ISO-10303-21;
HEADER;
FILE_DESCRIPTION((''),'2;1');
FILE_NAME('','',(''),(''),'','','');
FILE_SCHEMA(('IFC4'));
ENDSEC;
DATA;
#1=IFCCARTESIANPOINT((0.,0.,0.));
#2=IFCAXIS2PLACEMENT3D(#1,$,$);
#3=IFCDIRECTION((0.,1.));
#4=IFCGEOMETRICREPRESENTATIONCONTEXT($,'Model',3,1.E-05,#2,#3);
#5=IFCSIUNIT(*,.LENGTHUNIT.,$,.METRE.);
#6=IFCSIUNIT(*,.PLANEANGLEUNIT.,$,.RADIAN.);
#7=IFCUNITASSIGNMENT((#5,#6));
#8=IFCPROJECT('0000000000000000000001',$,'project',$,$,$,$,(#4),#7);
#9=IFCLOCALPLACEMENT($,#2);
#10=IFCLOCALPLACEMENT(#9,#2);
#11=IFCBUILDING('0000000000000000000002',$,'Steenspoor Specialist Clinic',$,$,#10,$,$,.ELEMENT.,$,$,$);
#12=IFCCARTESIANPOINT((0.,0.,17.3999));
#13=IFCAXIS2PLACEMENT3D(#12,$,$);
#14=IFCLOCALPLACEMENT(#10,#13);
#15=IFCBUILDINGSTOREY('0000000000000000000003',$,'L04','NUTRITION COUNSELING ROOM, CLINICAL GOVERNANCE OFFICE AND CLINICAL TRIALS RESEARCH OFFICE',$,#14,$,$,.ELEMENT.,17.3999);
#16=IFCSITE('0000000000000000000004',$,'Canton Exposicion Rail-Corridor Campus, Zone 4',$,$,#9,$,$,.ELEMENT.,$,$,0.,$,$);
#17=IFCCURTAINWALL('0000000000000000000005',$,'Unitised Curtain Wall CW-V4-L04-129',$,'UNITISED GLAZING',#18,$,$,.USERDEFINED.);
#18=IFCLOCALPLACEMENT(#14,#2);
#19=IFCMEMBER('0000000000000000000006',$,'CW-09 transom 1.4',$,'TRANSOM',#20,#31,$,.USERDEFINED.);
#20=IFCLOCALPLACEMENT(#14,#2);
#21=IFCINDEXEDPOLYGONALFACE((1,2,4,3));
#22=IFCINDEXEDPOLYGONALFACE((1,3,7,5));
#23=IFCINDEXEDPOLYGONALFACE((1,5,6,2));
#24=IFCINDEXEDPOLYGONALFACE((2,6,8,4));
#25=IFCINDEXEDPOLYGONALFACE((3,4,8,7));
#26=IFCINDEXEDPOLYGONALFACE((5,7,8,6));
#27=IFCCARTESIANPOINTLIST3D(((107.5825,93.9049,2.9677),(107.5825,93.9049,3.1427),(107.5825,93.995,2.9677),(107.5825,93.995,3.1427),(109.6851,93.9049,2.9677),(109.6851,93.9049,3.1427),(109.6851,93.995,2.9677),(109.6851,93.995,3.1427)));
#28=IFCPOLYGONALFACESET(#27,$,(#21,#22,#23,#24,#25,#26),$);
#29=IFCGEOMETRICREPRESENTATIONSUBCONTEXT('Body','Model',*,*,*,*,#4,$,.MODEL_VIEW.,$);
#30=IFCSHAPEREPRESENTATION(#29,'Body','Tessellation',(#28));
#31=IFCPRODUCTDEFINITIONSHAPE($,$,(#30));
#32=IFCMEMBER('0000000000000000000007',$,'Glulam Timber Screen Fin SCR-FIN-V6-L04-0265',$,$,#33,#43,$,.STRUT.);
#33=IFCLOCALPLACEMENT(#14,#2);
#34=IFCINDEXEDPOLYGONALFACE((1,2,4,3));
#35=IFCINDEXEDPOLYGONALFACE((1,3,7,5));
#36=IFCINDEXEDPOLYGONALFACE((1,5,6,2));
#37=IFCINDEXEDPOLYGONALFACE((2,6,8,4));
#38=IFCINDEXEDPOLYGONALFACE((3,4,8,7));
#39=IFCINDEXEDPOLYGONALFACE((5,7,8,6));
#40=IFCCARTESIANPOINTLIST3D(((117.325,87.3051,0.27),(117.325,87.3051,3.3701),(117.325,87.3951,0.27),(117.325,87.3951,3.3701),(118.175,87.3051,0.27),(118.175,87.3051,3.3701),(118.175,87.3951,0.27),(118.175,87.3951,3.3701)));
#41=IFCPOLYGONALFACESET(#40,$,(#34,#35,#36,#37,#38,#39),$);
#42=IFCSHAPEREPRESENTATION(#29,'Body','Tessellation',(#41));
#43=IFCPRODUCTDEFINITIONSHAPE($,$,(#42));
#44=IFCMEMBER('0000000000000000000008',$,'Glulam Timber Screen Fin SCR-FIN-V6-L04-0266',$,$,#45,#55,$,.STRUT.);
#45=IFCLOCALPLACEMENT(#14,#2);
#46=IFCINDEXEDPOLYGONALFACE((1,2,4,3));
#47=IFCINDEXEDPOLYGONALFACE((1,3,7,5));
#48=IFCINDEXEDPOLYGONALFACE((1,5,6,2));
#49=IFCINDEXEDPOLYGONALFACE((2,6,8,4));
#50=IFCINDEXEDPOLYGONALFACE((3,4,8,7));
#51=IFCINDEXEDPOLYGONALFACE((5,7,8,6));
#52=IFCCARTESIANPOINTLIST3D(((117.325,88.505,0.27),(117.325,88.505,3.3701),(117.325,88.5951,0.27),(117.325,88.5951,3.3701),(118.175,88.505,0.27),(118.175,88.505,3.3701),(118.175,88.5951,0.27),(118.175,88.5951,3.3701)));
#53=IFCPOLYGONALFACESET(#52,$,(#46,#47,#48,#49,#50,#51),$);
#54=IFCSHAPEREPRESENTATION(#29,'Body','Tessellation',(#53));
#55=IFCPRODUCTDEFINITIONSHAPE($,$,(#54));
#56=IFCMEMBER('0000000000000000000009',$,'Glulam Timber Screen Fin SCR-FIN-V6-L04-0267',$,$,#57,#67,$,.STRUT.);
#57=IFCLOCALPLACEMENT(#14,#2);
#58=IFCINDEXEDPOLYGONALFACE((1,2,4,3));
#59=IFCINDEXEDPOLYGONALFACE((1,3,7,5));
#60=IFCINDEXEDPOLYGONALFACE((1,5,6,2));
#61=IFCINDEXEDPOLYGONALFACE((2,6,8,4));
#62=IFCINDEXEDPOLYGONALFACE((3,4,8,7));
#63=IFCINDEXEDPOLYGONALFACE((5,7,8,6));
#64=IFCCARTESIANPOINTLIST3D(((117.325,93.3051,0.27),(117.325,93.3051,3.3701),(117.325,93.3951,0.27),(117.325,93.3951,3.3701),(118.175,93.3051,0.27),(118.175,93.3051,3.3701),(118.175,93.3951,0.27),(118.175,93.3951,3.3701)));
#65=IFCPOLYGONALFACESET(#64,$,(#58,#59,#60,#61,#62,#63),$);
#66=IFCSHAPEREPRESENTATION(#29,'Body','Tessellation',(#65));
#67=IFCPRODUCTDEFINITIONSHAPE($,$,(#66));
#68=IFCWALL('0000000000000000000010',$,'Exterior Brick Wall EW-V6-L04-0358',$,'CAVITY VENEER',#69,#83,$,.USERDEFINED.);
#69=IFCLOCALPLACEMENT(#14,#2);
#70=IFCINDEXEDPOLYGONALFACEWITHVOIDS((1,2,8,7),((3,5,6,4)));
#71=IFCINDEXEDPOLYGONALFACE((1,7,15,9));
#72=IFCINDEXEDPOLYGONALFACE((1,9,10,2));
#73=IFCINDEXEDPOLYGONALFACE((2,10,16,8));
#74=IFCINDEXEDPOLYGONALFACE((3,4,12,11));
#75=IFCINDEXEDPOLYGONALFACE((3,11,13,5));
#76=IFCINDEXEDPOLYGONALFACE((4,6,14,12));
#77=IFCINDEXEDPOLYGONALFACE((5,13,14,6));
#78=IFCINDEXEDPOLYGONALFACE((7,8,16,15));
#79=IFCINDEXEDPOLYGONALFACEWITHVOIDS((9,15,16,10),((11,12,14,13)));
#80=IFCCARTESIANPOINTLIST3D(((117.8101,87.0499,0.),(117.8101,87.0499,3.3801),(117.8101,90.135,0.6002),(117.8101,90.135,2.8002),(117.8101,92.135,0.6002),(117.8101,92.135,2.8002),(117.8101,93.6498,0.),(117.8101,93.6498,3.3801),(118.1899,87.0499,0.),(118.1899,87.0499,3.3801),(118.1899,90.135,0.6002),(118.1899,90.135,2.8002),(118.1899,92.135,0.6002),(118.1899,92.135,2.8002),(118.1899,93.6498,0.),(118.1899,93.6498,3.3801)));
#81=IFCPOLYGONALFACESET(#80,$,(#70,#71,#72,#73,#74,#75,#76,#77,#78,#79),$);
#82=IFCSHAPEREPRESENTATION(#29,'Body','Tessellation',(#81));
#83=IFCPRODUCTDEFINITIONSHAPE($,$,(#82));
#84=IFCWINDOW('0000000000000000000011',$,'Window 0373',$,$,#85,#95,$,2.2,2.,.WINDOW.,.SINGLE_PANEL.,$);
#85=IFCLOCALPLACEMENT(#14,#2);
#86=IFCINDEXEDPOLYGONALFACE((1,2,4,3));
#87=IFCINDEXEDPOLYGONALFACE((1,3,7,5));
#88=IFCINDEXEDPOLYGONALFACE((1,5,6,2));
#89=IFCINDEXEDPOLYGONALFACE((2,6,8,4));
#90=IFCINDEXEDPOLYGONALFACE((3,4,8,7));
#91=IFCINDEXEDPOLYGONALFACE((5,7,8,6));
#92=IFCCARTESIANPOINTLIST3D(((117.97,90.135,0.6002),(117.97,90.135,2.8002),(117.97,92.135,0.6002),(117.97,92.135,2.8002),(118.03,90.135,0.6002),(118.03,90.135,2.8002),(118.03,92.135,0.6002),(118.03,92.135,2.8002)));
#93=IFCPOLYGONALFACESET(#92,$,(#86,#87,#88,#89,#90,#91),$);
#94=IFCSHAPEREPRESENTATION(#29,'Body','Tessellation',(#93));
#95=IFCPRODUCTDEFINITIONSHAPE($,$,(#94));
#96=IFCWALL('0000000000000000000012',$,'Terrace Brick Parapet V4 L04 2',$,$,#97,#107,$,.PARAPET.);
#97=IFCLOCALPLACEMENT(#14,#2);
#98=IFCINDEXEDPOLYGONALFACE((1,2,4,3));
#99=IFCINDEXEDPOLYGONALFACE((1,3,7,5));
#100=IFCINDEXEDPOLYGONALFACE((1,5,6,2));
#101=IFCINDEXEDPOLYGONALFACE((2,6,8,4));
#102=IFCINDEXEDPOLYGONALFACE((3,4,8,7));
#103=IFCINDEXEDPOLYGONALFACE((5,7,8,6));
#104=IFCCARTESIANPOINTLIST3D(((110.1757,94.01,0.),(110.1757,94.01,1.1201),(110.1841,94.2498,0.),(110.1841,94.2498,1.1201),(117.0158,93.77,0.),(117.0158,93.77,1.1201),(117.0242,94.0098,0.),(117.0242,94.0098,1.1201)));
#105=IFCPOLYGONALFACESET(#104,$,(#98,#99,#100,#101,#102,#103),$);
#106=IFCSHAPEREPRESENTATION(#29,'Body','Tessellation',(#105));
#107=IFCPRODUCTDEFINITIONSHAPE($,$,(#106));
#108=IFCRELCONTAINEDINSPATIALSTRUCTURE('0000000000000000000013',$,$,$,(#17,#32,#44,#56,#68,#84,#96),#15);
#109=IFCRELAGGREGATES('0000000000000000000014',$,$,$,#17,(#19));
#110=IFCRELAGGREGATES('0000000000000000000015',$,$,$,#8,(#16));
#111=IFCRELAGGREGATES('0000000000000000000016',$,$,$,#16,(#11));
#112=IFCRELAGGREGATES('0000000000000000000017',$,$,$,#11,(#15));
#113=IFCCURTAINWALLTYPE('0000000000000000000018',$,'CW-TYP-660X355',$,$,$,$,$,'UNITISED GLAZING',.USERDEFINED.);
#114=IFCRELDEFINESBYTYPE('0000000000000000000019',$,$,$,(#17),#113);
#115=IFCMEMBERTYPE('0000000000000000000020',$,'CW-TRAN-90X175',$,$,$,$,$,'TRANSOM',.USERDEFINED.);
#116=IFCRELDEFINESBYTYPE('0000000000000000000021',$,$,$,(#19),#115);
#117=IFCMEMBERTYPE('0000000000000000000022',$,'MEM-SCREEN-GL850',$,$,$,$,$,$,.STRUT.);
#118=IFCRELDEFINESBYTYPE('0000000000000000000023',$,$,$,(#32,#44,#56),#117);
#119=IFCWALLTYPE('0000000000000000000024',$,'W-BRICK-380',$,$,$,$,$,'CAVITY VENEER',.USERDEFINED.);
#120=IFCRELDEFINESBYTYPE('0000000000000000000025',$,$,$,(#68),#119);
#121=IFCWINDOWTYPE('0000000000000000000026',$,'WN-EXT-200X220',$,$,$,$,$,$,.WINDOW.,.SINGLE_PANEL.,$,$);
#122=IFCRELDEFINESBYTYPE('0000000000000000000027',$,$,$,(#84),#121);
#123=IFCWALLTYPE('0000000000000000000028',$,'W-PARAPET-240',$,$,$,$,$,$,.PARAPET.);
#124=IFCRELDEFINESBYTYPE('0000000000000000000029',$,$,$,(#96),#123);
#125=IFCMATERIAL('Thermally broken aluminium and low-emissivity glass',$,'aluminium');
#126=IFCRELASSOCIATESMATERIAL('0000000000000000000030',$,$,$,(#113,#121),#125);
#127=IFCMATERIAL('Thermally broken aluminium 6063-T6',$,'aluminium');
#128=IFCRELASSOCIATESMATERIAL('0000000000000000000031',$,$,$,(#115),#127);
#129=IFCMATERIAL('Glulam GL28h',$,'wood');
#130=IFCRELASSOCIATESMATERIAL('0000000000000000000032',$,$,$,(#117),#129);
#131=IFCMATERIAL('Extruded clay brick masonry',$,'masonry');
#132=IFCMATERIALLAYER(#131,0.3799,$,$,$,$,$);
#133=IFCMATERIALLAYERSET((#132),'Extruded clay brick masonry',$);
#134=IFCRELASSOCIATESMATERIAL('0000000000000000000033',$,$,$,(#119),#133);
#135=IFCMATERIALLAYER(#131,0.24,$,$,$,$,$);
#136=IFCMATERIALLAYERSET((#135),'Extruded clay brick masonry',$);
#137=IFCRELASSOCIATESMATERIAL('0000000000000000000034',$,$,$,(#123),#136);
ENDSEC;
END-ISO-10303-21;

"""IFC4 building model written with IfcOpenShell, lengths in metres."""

from ifc_helpers import new_model, si_unit, direction, frame, frame_2d, origin, origin_2d, place, context, subcontext, project, spatial, rectangle, extrude, material, layer, layer_set, material_profile, profile_set, type_object, element, fill, aggregate, save


model = new_model("IFC4")

# Units and contexts
model_context = context("Model", 3, precision=1e-05, world=origin(), true_north=direction((0.0, 1.0)))
body_context = subcontext(model_context, "Body", "Model", "MODEL_VIEW")
ifc_project = project(units=[si_unit("LENGTHUNIT", "METRE"), si_unit("PLANEANGLEUNIT", "RADIAN")], contexts=[model_context])

# Site, building, storey
site_placement = place(None, origin())
site = spatial("IfcSite", under=ifc_project, at=site_placement, Name="Canton Exposicion Rail-Corridor Campus, Zone 4", CompositionType="ELEMENT", RefElevation=0.0)
building_placement = place(site_placement, origin())
building = spatial("IfcBuilding", under=site, at=building_placement, Name="Steenspoor Specialist Clinic", CompositionType="ELEMENT")
storey_placement = place(building_placement, frame((0.0, 0.0, 17.3999)))
storey = spatial("IfcBuildingStorey", under=building, at=storey_placement, Name="L04", Description="NUTRITION COUNSELING ROOM, CLINICAL GOVERNANCE OFFICE AND CLINICAL TRIALS RESEARCH OFFICE", CompositionType="ELEMENT", Elevation=17.3999)

# Shared definitions
ifc_material_1 = material(Name="Glulam GL28h", Category="wood")

# Curtain wall
ifc_material_2 = material(Name="Thermally broken aluminium and low-emissivity glass", Category="aluminium")
curtain_wall_type_1 = type_object("IfcCurtainWallType", Name="CW-TYP-660X355", ElementType="UNITISED GLAZING", PredefinedType="USERDEFINED", material=ifc_material_2)
curtain_wall_1_placement = place(storey_placement, origin())
curtain_wall_1 = element("IfcCurtainWall", 1, at=curtain_wall_1_placement, inside=storey, type_object=curtain_wall_type_1, Name="Unitised Curtain Wall CW-V4-L04-129", ObjectType="UNITISED GLAZING", PredefinedType="USERDEFINED")
ifc_material_3 = material(Name="Thermally broken aluminium 6063-T6", Category="aluminium")

# Member
ifc_material_profile_1 = material_profile(ifc_material_3, rectangle(XDim=0.0901, YDim=0.175, at=origin_2d()), Name="CWT-90X175")
ifc_profile_set_1 = profile_set([ifc_material_profile_1], Name="Thermally broken aluminium 6063-T6")
member_type_1 = type_object("IfcMemberType", Name="CW-TRAN-90X175", ElementType="TRANSOM", PredefinedType="USERDEFINED", material=ifc_profile_set_1)
member_1_placement = place(storey_placement, frame((109.6851, 93.95, 3.0552), z_axis=(-1.0, 0.0, 0.0), x_axis=(0.0, -1.0, 0.0)))
member_1 = element("IfcMember", 2, at=member_1_placement, type_object=member_type_1, Name="CW-09 transom 1.4", ObjectType="TRANSOM", PredefinedType="USERDEFINED", context=body_context, shape_type="SweptSolid", body=[
    extrude(rectangle(XDim=0.0901, YDim=0.175, at=origin_2d()), origin(), (0.0, 0.0, 1.0), 2.1025),
])
aggregate(curtain_wall_1, [member_1])

# Members
ifc_material_profile_2 = material_profile(ifc_material_1, rectangle(XDim=0.0901, YDim=0.8501, at=origin_2d()), Name="GL28H-90X850")
ifc_profile_set_2 = profile_set([ifc_material_profile_2], Name="Glulam GL28h")
member_type_2 = type_object("IfcMemberType", Name="MEM-SCREEN-GL850", PredefinedType="STRUT", material=ifc_profile_set_2)
for number, where, z_axis, x_axis, name in (
    (3, (117.75, 87.3501, 0.27), (0.0, 0.0, 1.0), (0.0, 1.0, 0.0), "Glulam Timber Screen Fin SCR-FIN-V6-L04-0265"),
    (4, (117.75, 88.55, 0.27), (0.0, 0.0, 1.0), (0.0, 1.0, 0.0), "Glulam Timber Screen Fin SCR-FIN-V6-L04-0266"),
    (5, (117.75, 93.3501, 0.27), (0.0, 0.0, 1.0), (0.0, 1.0, 0.0), "Glulam Timber Screen Fin SCR-FIN-V6-L04-0267"),
):
    element("IfcMember", number, at=place(storey_placement, frame(where, z_axis=z_axis, x_axis=x_axis)), inside=storey, type_object=member_type_2, Name=name, PredefinedType="STRUT", context=body_context, shape_type="SweptSolid", body=[
        extrude(rectangle(XDim=0.0901, YDim=0.8501, at=origin_2d()), origin(), (0.0, 0.0, 1.0), 3.1001),
    ])

# Wall, opening, window
ifc_material_4 = material(Name="Extruded clay brick masonry", Category="masonry")
ifc_layer_1 = layer(ifc_material_4, 0.3799)
ifc_layer_set_1 = layer_set([ifc_layer_1], Name="Extruded clay brick masonry")
wall_type_1 = type_object("IfcWallType", Name="W-BRICK-380", ElementType="CAVITY VENEER", PredefinedType="USERDEFINED", material=ifc_layer_set_1)
wall_1_placement = place(storey_placement, frame((118.0, 87.05, 0.0), z_axis=(0.0, 0.0, 1.0), x_axis=(0.0, 1.0, 0.0)))
wall_1 = element("IfcWall", 6, at=wall_1_placement, inside=storey, type_object=wall_type_1, Name="Exterior Brick Wall EW-V6-L04-0358", ObjectType="CAVITY VENEER", PredefinedType="USERDEFINED", context=body_context, shape_type="SweptSolid", body=[
    extrude(rectangle(XDim=6.5999, YDim=0.3799, at=frame_2d((3.2998, 0.0))), origin(), (0.0, 0.0, 1.0), 3.3801),
])
opening_placement = place(wall_1_placement, frame((3.085, 0.0, 0.6001)))
opening = element("IfcOpeningElement", 7, at=opening_placement, cuts=wall_1, PredefinedType="OPENING", context=body_context, shape_type="SweptSolid", body=[
    extrude(rectangle(XDim=2.0, YDim=2.2, at=frame_2d((1.0, 1.1001))), frame((0.0, 0.2, 0.0), z_axis=(0.0, -1.0, 0.0), x_axis=(1.0, 0.0, 0.0)), (0.0, 0.0, 1.0), 0.3999),
])
window_type = type_object("IfcWindowType", Name="WN-EXT-200X220", PartitioningType="SINGLE_PANEL", PredefinedType="WINDOW", material=ifc_material_2)
window_placement = place(opening_placement, origin())
window = element("IfcWindow", 8, at=window_placement, inside=storey, type_object=window_type, Name="Window 0373", OverallHeight=2.2, OverallWidth=2.0, PartitioningType="SINGLE_PANEL", PredefinedType="WINDOW", context=body_context, shape_type="SweptSolid", body=[
    extrude(rectangle(XDim=2.0, YDim=2.2, at=frame_2d((1.0, 1.1001))), frame((0.0, 0.03, 0.0), z_axis=(0.0, -1.0, 0.0), x_axis=(1.0, 0.0, 0.0)), (0.0, 0.0, 1.0), 0.0601),
])
fill(opening, window)

# Wall
ifc_layer_2 = layer(ifc_material_4, 0.24)
ifc_layer_set_2 = layer_set([ifc_layer_2], Name="Extruded clay brick masonry")
wall_type_2 = type_object("IfcWallType", Name="W-PARAPET-240", PredefinedType="PARAPET", material=ifc_layer_set_2)
wall_2_placement = place(storey_placement, frame((110.1799, 94.1299, 0.0), z_axis=(0.0, 0.0, 1.0), x_axis=(0.999385, -0.035064, 0.0)))
element("IfcWall", 9, at=wall_2_placement, inside=storey, type_object=wall_type_2, Name="Terrace Brick Parapet V4 L04 2", PredefinedType="PARAPET", context=body_context, shape_type="SweptSolid", body=[
    extrude(rectangle(XDim=6.8442, YDim=0.24, at=frame_2d((3.4221, 0.0))), origin(), (0.0, 0.0, 1.0), 1.1201),
])

save(model, "model.ifc")
